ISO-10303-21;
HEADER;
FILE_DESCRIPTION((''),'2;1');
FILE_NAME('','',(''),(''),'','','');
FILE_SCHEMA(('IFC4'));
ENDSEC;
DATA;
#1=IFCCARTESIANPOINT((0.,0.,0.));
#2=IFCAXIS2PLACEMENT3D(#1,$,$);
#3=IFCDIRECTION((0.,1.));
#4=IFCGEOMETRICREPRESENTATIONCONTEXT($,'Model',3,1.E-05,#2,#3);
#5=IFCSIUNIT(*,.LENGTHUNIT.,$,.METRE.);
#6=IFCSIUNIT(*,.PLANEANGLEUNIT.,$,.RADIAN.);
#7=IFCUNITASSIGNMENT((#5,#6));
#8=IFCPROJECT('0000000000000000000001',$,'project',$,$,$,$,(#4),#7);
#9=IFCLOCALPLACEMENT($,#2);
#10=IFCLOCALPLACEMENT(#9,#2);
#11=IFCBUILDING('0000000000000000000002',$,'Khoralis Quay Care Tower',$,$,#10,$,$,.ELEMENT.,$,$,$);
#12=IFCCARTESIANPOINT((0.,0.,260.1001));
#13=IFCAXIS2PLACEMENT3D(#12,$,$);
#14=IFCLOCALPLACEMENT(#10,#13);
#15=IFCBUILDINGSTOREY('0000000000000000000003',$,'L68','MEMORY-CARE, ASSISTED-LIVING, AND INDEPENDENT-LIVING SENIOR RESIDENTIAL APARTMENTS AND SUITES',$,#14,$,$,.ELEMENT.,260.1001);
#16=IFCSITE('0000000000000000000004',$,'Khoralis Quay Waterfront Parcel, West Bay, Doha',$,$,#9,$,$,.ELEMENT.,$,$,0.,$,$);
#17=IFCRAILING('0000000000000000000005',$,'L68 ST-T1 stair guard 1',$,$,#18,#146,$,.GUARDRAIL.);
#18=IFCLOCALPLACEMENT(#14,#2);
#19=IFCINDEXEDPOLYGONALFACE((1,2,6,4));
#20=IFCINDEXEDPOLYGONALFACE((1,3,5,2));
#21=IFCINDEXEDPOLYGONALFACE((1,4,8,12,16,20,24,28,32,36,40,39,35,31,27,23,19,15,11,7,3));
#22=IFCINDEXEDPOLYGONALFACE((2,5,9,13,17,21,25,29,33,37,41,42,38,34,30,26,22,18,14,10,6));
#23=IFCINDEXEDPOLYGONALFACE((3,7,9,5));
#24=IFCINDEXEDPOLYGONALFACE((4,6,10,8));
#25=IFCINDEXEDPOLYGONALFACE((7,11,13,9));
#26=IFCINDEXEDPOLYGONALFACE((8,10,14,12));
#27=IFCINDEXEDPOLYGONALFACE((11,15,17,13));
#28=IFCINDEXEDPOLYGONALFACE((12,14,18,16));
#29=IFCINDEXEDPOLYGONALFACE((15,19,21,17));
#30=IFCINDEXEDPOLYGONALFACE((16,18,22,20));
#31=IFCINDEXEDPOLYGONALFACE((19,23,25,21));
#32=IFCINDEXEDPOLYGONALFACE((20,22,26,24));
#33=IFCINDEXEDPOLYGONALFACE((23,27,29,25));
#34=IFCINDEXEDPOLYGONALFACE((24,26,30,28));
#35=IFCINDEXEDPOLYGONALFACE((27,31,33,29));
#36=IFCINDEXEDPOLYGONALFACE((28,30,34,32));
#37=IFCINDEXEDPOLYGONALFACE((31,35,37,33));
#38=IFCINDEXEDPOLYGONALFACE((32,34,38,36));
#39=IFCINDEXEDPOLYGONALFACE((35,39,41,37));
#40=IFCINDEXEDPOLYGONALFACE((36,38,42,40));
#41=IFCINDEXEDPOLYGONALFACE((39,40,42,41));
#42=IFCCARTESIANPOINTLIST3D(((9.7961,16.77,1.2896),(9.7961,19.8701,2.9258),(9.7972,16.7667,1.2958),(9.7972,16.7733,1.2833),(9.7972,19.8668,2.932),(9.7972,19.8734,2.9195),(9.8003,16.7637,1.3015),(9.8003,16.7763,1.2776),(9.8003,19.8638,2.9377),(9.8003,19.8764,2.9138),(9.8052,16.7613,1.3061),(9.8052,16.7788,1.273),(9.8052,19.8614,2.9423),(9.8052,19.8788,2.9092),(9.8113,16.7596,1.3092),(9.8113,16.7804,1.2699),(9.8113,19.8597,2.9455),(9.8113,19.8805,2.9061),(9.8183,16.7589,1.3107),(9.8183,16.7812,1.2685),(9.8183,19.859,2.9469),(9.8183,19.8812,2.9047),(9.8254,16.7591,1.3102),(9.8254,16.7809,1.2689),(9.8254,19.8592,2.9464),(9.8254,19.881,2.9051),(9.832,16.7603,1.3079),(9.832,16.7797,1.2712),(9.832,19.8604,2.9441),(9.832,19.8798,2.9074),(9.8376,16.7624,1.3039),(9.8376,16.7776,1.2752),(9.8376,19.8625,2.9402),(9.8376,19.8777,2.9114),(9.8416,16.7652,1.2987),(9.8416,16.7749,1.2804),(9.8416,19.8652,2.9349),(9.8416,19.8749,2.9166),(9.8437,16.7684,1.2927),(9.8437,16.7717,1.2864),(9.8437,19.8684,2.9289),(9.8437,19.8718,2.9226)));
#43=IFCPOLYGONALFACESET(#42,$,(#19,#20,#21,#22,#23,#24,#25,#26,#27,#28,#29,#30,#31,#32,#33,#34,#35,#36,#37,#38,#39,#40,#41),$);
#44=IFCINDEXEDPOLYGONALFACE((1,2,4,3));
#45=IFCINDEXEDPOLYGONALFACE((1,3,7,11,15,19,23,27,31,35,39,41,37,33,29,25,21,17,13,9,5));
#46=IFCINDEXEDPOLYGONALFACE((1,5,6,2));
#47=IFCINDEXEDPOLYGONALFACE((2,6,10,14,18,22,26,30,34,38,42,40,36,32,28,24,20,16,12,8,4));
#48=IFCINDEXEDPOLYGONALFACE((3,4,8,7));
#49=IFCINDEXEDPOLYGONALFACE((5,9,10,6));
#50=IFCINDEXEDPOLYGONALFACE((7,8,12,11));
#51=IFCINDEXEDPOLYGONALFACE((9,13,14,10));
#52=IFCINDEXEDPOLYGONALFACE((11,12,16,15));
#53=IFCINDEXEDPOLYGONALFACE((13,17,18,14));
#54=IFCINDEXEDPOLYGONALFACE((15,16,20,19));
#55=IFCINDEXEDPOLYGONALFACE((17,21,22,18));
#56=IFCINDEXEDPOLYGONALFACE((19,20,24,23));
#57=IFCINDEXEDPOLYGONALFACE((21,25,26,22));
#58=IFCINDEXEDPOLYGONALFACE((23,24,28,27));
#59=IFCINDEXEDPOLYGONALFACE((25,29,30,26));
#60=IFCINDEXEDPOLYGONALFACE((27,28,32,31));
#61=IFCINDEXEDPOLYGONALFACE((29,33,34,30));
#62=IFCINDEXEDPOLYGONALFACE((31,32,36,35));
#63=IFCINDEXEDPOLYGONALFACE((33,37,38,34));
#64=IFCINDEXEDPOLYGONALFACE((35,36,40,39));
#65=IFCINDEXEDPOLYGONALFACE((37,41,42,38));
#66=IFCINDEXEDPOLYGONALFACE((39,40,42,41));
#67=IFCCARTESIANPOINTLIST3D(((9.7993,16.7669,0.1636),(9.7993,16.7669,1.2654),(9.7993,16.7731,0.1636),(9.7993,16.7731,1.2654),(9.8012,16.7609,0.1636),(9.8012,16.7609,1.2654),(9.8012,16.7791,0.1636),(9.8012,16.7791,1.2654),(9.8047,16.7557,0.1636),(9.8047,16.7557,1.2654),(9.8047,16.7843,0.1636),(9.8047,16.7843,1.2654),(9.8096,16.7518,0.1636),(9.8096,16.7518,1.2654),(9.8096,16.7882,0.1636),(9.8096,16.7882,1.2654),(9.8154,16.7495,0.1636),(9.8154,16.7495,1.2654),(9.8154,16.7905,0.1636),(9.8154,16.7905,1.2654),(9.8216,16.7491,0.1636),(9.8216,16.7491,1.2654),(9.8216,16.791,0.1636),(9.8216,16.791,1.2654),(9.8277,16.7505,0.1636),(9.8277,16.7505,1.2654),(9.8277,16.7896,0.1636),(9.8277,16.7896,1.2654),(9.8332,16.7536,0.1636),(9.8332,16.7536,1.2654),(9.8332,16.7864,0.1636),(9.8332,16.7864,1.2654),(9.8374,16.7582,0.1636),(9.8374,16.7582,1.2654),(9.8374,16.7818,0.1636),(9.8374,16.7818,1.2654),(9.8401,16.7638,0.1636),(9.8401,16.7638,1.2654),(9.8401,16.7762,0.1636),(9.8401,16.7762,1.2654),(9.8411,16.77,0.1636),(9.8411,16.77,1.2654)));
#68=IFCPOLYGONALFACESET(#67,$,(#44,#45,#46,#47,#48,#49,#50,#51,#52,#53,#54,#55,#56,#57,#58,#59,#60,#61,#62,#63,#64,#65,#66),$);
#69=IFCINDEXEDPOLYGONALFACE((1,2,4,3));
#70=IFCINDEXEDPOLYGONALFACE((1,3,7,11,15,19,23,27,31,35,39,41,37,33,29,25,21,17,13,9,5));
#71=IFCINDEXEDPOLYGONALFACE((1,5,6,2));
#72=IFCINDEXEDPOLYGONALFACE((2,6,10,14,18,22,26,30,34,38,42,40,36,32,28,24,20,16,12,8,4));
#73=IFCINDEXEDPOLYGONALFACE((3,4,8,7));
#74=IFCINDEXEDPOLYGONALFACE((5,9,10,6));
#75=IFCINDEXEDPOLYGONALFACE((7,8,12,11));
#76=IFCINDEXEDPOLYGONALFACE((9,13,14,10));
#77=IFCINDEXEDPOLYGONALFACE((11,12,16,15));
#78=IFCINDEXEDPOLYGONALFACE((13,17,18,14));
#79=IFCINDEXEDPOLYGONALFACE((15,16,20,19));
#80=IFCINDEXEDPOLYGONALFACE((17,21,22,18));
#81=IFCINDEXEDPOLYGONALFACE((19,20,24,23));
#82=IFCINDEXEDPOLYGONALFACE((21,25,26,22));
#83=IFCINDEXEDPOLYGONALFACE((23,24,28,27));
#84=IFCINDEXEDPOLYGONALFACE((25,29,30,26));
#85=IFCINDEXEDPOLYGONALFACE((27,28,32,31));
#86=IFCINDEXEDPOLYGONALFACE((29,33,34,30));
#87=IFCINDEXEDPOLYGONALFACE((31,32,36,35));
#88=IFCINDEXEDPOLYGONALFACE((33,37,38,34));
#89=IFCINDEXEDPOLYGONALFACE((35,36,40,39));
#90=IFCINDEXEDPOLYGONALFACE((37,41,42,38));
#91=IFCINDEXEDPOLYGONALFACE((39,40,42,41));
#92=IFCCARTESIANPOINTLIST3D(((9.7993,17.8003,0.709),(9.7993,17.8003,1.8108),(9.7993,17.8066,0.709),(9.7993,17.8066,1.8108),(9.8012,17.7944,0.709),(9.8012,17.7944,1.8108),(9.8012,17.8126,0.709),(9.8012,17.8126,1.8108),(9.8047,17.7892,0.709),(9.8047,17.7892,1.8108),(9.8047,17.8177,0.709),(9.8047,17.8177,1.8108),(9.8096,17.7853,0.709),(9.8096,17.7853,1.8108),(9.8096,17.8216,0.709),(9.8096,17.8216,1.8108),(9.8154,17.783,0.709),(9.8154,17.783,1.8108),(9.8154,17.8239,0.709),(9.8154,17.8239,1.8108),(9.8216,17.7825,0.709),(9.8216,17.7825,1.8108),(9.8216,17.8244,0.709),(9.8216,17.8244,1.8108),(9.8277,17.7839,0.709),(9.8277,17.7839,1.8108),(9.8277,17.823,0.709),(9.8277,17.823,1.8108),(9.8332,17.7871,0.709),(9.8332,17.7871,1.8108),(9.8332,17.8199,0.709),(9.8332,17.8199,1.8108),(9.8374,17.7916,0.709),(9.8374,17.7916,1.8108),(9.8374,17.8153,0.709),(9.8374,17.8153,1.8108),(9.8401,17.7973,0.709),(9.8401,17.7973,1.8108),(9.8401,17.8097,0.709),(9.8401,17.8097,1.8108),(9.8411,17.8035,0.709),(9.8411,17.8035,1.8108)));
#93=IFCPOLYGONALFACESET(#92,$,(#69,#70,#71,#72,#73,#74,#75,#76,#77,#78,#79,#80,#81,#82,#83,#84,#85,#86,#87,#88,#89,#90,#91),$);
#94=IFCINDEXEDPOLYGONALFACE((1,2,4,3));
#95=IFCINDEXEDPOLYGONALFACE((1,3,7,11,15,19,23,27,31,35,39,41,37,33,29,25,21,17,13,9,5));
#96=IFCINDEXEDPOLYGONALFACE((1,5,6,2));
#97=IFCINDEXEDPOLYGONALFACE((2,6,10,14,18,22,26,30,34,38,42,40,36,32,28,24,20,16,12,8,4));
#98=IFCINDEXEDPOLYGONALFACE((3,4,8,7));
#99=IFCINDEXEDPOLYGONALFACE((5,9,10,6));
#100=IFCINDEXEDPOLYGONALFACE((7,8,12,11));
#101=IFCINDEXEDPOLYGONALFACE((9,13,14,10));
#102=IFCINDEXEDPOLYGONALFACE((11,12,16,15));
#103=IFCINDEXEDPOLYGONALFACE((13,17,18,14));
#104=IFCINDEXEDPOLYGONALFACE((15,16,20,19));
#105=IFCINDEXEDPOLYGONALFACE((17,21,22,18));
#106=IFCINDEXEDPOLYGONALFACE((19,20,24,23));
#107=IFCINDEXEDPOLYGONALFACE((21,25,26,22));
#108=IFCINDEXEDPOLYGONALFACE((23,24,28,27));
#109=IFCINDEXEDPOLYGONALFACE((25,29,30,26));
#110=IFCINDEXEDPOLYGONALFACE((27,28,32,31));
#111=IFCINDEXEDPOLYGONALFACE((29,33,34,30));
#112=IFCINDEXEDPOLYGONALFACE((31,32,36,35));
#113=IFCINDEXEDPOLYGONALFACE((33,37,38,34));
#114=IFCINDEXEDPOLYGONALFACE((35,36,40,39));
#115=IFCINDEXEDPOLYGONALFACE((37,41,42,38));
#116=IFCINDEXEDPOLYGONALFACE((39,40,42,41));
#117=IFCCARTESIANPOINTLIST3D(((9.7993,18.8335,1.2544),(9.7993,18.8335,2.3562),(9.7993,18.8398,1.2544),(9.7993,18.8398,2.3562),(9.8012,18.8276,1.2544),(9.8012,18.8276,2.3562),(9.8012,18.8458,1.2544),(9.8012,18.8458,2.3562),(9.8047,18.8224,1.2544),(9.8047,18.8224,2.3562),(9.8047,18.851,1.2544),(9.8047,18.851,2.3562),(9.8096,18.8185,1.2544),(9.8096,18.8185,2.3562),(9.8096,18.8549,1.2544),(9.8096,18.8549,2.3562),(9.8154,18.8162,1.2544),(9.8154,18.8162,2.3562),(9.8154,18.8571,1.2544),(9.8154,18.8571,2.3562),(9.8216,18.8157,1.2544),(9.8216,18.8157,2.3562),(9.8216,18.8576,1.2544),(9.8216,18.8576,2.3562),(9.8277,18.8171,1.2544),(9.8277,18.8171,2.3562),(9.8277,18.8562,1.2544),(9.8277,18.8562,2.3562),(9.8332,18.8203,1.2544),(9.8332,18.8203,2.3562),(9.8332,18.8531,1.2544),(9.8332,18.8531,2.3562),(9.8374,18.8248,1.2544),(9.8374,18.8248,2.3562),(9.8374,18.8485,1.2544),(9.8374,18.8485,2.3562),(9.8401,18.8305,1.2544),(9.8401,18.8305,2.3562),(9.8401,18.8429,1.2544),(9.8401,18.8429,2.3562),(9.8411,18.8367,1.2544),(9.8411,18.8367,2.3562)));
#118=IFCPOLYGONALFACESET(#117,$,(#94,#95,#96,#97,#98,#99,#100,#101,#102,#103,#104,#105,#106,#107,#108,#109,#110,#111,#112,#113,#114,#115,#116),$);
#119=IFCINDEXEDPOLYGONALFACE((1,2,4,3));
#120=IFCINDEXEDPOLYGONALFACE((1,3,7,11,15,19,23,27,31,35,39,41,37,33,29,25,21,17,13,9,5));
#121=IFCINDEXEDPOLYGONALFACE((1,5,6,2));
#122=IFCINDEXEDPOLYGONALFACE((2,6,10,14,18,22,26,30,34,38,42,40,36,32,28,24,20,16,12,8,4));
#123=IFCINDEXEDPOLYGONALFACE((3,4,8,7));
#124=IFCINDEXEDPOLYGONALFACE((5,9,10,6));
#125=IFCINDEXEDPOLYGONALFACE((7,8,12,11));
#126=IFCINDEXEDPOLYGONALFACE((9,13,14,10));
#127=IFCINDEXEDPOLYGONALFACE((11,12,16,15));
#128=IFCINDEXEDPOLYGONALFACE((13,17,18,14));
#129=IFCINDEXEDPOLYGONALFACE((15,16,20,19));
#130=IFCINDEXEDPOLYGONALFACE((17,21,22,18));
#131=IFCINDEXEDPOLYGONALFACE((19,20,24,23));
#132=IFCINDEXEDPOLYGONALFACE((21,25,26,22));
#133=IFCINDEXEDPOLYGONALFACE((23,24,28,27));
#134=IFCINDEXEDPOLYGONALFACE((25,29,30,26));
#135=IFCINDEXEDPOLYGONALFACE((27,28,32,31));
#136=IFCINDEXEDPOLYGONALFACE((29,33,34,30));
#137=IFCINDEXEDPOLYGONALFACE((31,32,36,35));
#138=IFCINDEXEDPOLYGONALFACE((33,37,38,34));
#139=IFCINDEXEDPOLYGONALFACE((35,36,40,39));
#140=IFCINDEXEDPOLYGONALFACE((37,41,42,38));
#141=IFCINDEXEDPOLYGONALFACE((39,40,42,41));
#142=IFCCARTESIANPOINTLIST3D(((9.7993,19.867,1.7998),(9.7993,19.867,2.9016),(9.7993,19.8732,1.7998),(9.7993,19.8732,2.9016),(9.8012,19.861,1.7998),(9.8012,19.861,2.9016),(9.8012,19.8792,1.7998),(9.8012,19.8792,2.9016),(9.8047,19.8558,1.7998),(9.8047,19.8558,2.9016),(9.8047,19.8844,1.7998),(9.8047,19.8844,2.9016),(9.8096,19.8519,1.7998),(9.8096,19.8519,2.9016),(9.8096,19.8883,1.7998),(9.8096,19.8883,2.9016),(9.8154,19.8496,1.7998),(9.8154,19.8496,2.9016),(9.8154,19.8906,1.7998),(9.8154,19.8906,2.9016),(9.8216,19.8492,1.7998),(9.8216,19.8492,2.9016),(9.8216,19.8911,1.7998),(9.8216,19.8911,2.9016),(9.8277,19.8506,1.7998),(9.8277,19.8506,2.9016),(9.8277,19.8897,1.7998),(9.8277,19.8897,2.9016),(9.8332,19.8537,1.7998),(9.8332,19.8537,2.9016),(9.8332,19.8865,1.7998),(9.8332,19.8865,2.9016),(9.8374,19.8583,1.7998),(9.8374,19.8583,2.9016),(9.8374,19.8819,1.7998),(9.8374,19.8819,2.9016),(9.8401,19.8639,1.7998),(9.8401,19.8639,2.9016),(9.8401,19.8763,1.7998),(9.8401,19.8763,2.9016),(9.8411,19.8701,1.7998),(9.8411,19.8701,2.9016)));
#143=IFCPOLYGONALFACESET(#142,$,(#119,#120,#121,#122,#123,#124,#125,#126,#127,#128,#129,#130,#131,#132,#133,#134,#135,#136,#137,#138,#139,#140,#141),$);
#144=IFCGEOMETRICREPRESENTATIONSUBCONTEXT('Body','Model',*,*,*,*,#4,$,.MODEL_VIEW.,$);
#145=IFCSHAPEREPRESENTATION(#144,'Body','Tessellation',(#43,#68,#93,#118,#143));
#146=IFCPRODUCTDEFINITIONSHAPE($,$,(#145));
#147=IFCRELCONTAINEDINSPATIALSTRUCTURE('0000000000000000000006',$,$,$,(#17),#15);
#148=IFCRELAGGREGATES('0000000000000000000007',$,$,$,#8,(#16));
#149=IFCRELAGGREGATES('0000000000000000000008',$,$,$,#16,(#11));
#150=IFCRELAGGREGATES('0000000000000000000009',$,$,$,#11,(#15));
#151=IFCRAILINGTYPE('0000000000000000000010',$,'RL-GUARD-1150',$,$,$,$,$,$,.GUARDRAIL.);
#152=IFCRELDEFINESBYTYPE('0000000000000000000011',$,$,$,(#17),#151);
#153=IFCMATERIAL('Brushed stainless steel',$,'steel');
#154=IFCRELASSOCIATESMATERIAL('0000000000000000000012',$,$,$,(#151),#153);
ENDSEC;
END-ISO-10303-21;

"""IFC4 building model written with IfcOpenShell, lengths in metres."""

from ifc_helpers import new_model, si_unit, direction, frame, origin, origin_2d, place, context, subcontext, project, spatial, circle, extrude, material, type_object, element, save


model = new_model("IFC4")

# Units and contexts
model_context = context("Model", 3, precision=1e-05, world=origin(), true_north=direction((0.0, 1.0)))
body_context = subcontext(model_context, "Body", "Model", "MODEL_VIEW")
ifc_project = project(units=[si_unit("LENGTHUNIT", "METRE"), si_unit("PLANEANGLEUNIT", "RADIAN")], contexts=[model_context])

# Site, building, storey
site_placement = place(None, origin())
site = spatial("IfcSite", under=ifc_project, at=site_placement, Name="Khoralis Quay Waterfront Parcel, West Bay, Doha", CompositionType="ELEMENT", RefElevation=0.0)
building_placement = place(site_placement, origin())
building = spatial("IfcBuilding", under=site, at=building_placement, Name="Khoralis Quay Care Tower", CompositionType="ELEMENT")
storey_placement = place(building_placement, frame((0.0, 0.0, 260.1001)))
storey = spatial("IfcBuildingStorey", under=building, at=storey_placement, Name="L68", Description="MEMORY-CARE, ASSISTED-LIVING, AND INDEPENDENT-LIVING SENIOR RESIDENTIAL APARTMENTS AND SUITES", CompositionType="ELEMENT", Elevation=260.1001)

# Railing
ifc_material_1 = material(Name="Brushed stainless steel", Category="steel")
railing_type_1 = type_object("IfcRailingType", Name="RL-GUARD-1150", PredefinedType="GUARDRAIL", material=ifc_material_1)
railing_1_placement = place(storey_placement, frame((9.8201, 16.77, 0.1636)))
element("IfcRailing", 1, at=railing_1_placement, inside=storey, type_object=railing_type_1, Name="L68 ST-T1 stair guard 1", PredefinedType="GUARDRAIL", context=body_context, shape_type="SweptSolid", body=[
    extrude(circle(Radius=0.0239, at=origin_2d()), frame((0.0, 0.0, 1.126), z_axis=(0.0, 0.884377, 0.466774), x_axis=(-1.0, 0.0, 0.0)), (0.0, 0.0, 1.0), 3.5054),
    extrude(circle(Radius=0.021, at=origin_2d()), origin(), (0.0, 0.0, 1.0), 1.1018),
    extrude(circle(Radius=0.021, at=origin_2d()), frame((0.0, 1.0334, 0.5454)), (0.0, 0.0, 1.0), 1.1018),
    extrude(circle(Radius=0.021, at=origin_2d()), frame((0.0, 2.0667, 1.0908)), (0.0, 0.0, 1.0), 1.1018),
    extrude(circle(Radius=0.021, at=origin_2d()), frame((0.0, 3.1001, 1.6362)), (0.0, 0.0, 1.0), 1.1018),
])

save(model, "model.ifc")
